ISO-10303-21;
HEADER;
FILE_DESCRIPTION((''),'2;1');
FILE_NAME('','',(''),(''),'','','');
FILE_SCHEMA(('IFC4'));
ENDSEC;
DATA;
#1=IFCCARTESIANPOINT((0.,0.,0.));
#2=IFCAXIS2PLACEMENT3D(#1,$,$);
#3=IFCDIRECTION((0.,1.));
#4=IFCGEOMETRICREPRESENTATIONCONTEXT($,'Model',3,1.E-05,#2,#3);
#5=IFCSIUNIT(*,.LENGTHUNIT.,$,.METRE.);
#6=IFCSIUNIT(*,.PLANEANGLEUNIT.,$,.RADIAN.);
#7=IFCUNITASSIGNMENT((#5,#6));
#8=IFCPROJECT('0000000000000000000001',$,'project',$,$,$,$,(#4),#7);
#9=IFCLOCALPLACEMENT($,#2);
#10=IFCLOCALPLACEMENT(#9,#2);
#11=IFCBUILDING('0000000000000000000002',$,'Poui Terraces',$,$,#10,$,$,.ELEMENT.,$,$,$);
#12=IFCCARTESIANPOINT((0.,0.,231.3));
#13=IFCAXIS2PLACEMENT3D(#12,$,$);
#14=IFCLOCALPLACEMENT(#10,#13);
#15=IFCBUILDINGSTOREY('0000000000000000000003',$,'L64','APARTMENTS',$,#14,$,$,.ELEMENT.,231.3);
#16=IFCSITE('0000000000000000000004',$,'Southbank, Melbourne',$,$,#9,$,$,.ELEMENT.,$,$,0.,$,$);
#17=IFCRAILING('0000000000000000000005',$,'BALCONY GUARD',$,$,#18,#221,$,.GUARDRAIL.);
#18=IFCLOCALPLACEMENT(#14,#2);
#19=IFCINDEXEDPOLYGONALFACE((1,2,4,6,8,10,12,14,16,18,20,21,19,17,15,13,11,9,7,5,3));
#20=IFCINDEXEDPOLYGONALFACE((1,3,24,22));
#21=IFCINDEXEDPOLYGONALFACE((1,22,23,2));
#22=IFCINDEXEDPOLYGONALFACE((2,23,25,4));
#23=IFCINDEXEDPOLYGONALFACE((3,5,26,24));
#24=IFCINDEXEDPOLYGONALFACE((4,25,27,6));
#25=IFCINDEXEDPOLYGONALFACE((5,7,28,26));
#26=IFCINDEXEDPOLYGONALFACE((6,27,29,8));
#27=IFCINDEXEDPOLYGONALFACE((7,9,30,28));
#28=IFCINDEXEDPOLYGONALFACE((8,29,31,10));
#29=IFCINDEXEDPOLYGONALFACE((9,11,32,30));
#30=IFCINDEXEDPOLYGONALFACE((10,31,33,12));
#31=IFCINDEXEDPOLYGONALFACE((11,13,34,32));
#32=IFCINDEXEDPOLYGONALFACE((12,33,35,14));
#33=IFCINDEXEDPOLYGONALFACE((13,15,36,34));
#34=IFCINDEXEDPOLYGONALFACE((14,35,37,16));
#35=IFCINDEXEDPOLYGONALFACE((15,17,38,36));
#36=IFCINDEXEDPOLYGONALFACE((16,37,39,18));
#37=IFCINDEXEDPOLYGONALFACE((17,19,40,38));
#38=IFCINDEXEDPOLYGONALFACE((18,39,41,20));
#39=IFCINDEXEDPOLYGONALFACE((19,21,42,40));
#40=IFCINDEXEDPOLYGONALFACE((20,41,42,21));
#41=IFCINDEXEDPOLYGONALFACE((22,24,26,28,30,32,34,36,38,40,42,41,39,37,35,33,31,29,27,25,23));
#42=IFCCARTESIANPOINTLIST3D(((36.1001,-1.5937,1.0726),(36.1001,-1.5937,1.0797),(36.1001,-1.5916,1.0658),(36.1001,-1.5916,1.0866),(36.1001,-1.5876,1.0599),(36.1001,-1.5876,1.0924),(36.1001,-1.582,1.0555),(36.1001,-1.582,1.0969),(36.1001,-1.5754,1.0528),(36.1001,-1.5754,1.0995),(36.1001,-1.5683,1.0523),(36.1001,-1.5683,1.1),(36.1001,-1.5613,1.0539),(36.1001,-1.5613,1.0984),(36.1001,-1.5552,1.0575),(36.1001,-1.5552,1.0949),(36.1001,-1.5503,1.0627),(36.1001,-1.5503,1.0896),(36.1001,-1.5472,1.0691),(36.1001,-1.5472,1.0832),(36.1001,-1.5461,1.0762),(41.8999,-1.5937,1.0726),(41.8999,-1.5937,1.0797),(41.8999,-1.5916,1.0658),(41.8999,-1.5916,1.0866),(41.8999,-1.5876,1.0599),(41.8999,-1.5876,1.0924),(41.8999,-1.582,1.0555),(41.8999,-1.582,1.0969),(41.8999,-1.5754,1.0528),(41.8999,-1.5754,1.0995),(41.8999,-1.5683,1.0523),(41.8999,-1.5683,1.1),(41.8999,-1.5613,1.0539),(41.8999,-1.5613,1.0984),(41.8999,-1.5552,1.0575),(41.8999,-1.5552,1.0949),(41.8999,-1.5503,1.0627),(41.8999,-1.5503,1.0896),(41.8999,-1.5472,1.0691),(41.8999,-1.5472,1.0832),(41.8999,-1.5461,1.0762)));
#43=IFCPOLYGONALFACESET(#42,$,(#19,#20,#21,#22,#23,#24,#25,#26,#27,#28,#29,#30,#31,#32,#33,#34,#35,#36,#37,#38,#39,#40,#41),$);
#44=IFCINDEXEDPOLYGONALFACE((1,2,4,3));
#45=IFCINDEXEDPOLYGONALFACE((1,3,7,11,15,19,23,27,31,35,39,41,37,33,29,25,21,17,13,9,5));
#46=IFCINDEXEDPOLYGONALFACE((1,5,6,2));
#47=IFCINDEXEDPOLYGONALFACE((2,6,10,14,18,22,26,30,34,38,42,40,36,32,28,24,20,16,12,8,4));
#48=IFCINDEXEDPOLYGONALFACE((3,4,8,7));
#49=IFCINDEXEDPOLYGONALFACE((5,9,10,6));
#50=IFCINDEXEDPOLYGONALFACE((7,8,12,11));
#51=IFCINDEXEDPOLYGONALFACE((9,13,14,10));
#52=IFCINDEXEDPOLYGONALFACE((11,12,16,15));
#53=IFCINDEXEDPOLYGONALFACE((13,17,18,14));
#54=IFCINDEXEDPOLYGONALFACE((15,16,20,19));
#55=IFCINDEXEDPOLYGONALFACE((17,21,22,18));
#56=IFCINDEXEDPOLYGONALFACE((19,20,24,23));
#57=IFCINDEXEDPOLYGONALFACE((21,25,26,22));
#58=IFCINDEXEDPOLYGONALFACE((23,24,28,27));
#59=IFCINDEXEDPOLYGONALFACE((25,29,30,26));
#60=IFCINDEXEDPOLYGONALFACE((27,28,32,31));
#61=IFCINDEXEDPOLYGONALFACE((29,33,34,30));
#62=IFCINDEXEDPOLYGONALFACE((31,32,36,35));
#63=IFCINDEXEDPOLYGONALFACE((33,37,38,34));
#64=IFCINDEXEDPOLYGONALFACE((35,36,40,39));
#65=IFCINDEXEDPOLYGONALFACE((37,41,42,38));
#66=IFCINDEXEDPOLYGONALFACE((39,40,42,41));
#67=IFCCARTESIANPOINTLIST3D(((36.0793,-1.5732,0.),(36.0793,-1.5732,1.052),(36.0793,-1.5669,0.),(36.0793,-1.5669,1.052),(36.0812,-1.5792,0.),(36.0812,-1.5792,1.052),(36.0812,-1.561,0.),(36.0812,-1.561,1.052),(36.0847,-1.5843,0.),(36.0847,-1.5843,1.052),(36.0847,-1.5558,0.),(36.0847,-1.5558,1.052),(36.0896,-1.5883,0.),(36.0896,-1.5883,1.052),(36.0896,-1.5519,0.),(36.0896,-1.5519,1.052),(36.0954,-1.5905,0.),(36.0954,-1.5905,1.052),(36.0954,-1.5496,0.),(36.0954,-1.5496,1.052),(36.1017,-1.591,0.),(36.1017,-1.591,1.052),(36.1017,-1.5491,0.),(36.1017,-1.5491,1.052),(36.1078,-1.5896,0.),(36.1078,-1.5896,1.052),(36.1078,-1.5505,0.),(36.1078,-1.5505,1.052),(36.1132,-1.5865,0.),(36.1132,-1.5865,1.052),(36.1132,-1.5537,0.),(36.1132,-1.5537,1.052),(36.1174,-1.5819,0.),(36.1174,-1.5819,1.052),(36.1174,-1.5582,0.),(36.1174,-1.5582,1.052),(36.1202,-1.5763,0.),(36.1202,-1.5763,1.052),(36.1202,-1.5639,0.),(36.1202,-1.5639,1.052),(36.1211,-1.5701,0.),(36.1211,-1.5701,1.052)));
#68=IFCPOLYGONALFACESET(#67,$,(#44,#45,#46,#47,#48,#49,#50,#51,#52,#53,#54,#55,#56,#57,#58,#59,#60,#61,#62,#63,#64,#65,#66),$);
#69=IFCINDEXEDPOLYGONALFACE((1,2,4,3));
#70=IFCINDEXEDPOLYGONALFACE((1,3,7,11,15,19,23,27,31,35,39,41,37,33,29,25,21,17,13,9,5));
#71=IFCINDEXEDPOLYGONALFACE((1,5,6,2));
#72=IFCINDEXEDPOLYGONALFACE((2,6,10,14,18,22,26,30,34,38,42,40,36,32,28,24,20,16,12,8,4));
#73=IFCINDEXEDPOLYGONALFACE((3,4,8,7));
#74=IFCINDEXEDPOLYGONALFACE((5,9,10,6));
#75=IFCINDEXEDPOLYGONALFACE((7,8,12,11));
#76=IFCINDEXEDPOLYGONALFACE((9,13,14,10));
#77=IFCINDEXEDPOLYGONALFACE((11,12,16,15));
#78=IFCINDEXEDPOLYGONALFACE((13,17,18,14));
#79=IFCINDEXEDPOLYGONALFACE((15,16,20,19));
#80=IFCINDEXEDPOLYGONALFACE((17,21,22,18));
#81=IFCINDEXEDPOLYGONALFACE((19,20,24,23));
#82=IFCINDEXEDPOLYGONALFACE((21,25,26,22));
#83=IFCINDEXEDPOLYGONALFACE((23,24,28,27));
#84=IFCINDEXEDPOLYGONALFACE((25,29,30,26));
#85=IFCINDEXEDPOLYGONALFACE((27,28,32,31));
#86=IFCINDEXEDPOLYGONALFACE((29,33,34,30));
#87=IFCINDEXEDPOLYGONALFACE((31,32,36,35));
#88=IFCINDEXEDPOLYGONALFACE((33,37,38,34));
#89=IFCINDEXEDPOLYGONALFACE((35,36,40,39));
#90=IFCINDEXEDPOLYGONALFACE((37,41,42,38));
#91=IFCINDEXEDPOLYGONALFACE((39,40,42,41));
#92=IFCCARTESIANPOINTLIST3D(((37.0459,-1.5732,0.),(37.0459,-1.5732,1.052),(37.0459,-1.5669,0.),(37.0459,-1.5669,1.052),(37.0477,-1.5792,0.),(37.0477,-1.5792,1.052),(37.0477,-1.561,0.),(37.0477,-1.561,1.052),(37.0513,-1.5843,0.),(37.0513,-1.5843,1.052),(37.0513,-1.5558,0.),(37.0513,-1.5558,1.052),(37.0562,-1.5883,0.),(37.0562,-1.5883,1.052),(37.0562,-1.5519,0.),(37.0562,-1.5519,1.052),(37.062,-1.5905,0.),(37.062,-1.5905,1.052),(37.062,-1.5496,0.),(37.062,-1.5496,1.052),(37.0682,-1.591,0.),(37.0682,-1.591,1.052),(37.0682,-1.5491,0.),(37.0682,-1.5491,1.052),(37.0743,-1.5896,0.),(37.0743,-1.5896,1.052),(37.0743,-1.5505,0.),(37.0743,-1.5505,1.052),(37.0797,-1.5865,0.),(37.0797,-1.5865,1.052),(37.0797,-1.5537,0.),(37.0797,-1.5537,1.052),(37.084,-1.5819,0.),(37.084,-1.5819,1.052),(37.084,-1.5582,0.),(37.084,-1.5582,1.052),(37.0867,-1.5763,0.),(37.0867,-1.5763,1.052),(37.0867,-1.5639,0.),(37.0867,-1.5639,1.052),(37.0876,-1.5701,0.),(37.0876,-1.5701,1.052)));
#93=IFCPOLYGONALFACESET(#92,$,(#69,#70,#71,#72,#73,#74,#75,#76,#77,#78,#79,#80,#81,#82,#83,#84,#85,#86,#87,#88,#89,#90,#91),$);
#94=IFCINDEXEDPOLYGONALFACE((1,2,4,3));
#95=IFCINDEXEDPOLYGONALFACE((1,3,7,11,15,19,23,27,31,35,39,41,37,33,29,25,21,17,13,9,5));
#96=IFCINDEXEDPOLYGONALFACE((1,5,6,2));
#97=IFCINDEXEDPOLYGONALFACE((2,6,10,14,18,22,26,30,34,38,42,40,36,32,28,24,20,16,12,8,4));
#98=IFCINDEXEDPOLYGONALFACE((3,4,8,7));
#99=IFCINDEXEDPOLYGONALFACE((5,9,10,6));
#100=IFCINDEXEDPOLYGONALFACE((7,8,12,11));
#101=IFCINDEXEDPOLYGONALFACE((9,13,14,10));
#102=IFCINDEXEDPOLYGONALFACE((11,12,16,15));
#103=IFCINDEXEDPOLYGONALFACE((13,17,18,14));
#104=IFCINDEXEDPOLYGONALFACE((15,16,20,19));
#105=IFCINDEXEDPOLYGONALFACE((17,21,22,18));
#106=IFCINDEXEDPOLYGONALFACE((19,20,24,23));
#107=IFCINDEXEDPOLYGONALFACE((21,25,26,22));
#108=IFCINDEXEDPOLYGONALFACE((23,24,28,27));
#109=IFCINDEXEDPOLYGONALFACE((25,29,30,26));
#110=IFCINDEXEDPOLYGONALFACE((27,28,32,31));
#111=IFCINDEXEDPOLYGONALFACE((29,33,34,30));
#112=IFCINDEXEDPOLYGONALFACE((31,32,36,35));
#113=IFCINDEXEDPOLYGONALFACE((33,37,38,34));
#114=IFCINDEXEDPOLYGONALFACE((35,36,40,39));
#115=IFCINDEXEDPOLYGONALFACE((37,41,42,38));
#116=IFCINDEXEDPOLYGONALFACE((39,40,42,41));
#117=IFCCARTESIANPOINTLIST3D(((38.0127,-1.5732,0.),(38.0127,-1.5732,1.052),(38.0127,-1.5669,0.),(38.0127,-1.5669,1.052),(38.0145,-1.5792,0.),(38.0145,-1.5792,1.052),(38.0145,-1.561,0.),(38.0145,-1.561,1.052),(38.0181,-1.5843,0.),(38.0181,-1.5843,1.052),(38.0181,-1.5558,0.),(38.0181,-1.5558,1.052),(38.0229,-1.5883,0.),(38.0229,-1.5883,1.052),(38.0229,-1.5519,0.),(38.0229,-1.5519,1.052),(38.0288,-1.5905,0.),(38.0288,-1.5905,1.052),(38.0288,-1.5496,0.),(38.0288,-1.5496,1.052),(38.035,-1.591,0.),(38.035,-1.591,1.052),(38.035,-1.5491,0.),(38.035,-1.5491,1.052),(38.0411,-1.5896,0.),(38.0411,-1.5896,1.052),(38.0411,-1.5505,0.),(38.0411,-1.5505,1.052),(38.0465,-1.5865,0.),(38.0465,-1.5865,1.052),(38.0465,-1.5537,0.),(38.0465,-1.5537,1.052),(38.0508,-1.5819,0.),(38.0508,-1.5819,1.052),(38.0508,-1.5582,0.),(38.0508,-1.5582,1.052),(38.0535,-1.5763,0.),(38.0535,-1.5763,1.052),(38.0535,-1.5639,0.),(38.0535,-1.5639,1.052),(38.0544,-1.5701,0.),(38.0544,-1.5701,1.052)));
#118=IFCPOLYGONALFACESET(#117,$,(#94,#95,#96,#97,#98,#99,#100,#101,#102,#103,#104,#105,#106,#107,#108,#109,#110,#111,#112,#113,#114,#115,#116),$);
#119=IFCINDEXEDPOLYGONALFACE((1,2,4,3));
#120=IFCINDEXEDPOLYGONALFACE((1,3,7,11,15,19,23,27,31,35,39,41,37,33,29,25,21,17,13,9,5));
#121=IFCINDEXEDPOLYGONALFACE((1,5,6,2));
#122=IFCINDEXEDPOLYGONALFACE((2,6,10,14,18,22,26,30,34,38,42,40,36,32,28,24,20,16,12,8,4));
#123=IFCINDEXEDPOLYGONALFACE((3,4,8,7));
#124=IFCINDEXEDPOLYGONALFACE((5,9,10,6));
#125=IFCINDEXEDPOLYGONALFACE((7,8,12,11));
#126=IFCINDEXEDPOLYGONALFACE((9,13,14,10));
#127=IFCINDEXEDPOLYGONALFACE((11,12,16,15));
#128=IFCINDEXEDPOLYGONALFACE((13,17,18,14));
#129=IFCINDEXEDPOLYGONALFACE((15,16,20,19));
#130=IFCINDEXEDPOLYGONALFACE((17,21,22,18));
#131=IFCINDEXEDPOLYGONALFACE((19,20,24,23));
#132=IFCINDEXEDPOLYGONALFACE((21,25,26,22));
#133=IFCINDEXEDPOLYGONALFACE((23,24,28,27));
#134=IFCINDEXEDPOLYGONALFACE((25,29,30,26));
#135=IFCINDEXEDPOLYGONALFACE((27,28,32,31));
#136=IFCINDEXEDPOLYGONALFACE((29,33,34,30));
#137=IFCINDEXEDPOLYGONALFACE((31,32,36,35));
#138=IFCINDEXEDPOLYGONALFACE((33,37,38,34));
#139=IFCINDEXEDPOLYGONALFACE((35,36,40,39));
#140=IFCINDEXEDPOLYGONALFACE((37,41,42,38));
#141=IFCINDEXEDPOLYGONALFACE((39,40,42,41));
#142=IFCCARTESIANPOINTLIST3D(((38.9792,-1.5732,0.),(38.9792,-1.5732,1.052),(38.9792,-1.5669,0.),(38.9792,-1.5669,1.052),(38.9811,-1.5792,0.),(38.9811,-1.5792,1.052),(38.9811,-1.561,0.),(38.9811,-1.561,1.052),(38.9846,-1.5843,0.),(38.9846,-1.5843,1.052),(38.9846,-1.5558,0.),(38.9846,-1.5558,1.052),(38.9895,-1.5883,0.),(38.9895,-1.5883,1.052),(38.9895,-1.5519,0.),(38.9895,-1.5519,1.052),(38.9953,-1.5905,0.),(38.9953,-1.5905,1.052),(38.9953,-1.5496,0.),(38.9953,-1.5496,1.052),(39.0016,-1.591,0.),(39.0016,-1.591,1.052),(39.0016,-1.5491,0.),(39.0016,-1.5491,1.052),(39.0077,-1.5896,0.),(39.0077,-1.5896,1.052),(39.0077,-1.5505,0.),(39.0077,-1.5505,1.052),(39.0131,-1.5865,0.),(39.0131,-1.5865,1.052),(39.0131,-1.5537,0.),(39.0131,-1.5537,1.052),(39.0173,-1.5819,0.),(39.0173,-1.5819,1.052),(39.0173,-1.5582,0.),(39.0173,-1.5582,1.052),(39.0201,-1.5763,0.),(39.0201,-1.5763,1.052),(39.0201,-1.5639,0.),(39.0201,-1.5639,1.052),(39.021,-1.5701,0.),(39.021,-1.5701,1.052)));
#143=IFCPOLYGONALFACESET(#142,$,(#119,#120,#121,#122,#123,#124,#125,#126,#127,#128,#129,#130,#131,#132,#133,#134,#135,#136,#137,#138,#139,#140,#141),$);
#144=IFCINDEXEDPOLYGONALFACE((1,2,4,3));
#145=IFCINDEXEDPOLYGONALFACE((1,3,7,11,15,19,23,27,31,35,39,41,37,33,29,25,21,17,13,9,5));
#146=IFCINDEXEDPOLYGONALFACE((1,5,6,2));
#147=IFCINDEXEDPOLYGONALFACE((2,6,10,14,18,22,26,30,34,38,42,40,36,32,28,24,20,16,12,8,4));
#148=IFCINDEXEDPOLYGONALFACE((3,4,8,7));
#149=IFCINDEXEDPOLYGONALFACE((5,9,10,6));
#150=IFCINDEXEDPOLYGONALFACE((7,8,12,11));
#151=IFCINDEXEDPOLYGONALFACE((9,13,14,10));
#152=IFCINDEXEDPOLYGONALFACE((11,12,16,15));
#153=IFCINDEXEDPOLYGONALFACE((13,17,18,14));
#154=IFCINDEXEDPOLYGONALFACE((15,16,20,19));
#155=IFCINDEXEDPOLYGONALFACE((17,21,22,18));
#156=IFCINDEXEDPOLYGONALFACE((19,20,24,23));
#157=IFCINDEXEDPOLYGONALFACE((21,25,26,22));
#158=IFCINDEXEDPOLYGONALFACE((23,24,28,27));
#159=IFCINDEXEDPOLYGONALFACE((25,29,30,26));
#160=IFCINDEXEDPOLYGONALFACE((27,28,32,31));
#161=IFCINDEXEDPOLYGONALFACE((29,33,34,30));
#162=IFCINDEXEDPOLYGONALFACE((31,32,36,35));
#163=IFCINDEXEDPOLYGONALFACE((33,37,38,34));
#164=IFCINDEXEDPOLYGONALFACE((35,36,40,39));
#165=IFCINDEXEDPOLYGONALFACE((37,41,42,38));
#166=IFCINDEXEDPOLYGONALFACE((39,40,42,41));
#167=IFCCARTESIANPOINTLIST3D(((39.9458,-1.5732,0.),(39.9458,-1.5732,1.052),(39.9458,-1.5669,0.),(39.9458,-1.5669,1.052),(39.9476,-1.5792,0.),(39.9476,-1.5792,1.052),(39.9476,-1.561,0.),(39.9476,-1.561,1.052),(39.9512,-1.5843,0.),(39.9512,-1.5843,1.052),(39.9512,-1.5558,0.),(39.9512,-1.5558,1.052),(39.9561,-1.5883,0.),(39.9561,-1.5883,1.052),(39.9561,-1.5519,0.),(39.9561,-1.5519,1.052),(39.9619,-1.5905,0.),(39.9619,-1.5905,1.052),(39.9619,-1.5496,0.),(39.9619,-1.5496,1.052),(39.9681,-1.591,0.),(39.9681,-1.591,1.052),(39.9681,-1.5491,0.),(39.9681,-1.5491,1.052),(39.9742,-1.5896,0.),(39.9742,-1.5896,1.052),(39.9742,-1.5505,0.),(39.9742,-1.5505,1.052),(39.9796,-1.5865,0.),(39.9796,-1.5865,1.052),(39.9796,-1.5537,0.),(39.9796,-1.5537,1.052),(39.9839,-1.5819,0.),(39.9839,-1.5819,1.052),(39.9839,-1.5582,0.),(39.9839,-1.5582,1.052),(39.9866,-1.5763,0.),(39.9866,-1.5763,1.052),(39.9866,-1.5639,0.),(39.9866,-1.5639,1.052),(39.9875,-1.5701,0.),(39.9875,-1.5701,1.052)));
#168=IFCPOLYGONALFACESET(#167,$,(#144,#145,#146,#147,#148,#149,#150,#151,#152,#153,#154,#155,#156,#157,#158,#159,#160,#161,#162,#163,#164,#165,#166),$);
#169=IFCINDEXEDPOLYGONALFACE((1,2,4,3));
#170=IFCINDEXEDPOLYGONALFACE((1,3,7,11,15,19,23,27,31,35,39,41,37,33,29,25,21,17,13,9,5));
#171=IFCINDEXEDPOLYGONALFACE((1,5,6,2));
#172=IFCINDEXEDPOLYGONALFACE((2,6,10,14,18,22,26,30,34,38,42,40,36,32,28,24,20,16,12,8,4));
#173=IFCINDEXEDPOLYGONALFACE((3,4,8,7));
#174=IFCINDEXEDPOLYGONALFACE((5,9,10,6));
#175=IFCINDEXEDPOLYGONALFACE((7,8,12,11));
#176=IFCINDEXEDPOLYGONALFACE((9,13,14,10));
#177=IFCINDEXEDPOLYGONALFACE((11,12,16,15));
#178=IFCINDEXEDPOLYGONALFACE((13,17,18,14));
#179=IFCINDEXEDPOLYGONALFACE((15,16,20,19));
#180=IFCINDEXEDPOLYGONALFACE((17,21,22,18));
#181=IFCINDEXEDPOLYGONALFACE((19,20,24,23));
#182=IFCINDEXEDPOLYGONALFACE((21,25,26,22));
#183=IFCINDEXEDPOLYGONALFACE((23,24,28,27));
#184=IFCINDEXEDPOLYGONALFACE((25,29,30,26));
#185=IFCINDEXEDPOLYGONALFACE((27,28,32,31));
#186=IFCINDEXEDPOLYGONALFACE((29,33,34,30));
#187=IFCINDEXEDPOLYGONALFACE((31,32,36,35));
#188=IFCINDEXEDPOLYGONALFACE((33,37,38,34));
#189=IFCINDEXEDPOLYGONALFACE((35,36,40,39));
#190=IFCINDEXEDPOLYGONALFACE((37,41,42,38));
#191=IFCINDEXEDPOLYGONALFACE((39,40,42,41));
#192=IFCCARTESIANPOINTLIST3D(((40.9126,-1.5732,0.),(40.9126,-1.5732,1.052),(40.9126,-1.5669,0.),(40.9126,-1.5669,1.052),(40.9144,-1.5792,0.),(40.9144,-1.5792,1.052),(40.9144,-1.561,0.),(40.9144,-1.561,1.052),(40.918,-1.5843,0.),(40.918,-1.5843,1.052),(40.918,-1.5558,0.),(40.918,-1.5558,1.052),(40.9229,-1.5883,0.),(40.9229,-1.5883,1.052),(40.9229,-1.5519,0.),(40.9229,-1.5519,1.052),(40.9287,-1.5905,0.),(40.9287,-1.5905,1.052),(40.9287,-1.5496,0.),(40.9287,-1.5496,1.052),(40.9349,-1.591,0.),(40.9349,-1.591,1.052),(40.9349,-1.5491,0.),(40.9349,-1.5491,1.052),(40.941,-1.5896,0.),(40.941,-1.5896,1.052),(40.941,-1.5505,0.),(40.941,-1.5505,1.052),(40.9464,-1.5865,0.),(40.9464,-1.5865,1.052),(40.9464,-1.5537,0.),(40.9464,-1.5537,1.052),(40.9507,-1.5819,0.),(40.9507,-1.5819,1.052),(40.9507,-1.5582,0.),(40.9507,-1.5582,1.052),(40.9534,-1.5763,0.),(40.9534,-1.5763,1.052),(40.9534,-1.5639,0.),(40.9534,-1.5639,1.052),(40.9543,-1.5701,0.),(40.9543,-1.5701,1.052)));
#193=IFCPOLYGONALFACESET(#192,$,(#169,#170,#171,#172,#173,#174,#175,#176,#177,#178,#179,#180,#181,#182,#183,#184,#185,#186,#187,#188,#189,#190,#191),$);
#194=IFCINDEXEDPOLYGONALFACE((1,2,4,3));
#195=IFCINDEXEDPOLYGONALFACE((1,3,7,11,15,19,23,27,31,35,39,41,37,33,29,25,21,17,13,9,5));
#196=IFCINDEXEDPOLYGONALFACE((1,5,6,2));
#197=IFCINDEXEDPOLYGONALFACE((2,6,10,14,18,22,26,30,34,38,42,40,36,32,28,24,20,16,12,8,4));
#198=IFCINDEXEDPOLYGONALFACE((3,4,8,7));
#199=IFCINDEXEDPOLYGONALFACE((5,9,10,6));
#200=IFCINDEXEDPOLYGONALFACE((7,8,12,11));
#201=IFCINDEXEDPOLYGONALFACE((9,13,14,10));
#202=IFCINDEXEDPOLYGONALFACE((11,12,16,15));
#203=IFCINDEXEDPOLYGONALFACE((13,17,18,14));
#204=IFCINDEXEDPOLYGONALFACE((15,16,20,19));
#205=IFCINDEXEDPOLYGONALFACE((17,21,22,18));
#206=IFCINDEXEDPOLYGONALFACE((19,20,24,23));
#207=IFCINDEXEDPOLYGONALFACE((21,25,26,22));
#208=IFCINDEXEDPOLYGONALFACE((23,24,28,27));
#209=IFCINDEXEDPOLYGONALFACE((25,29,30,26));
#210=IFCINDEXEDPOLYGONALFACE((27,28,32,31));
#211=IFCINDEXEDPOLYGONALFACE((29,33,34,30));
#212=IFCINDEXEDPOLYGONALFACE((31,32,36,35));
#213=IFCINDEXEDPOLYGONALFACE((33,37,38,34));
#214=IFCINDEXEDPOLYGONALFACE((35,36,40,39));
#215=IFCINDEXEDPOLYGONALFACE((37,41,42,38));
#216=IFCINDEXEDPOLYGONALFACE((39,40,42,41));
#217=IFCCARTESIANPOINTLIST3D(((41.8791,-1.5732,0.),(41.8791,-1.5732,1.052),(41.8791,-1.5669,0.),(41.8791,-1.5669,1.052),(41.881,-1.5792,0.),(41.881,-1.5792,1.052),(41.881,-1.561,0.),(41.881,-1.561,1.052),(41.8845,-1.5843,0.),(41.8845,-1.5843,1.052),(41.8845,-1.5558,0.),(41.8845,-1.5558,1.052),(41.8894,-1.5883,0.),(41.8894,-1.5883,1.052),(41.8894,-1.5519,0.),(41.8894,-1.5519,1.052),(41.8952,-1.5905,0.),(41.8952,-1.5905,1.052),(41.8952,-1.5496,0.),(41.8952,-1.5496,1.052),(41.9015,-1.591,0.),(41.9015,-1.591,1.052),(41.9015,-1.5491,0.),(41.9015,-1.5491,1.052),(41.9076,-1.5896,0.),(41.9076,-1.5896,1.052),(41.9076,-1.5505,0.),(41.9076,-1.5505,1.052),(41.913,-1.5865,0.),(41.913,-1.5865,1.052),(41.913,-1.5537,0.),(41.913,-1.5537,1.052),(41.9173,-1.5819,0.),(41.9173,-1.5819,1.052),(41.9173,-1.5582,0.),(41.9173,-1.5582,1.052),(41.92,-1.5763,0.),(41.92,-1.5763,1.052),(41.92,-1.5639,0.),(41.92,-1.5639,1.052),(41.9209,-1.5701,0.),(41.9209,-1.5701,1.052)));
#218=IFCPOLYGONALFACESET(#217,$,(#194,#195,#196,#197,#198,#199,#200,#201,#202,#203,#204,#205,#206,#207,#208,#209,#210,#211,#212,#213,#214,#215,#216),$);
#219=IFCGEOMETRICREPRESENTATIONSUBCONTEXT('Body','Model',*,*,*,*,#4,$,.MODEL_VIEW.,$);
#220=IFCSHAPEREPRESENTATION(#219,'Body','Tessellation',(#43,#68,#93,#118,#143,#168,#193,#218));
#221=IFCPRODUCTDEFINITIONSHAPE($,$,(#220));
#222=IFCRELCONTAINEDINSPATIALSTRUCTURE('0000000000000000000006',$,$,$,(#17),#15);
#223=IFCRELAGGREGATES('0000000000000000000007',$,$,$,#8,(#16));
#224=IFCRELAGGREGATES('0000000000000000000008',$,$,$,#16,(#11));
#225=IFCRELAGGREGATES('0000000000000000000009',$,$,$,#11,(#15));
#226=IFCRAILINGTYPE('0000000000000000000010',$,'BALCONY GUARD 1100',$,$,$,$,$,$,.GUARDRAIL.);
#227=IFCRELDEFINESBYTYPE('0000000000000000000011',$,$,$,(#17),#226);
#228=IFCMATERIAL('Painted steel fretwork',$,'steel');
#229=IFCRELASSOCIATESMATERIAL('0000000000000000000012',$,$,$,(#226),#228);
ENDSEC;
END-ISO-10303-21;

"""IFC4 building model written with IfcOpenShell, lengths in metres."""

from ifc_helpers import new_model, si_unit, direction, frame, origin, origin_2d, place, context, subcontext, project, spatial, circle, extrude, material, type_object, element, save


model = new_model("IFC4")

# Units and contexts
model_context = context("Model", 3, precision=1e-05, world=origin(), true_north=direction((0.0, 1.0)))
body_context = subcontext(model_context, "Body", "Model", "MODEL_VIEW")
ifc_project = project(units=[si_unit("LENGTHUNIT", "METRE"), si_unit("PLANEANGLEUNIT", "RADIAN")], contexts=[model_context])

# Site, building, storey
site_placement = place(None, origin())
site = spatial("IfcSite", under=ifc_project, at=site_placement, Name="Southbank, Melbourne", CompositionType="ELEMENT", RefElevation=0.0)
building_placement = place(site_placement, origin())
building = spatial("IfcBuilding", under=site, at=building_placement, Name="Poui Terraces", CompositionType="ELEMENT")
storey_placement = place(building_placement, frame((0.0, 0.0, 231.3)))
storey = spatial("IfcBuildingStorey", under=building, at=storey_placement, Name="L64", Description="APARTMENTS", CompositionType="ELEMENT", Elevation=231.3)

# Railing
ifc_material_1 = material(Name="Painted steel fretwork", Category="steel")
railing_type = type_object("IfcRailingType", Name="BALCONY GUARD 1100", PredefinedType="GUARDRAIL", material=ifc_material_1)
railing_placement = place(storey_placement, frame((36.1001, -1.5701, 0.0)))
element("IfcRailing", 1, at=railing_placement, inside=storey, type_object=railing_type, Name="BALCONY GUARD", PredefinedType="GUARDRAIL", context=body_context, shape_type="SweptSolid", body=[
    extrude(circle(Radius=0.0239, at=origin_2d()), frame((0.0, 0.0, 1.0762), z_axis=(1.0, 0.0, 0.0), x_axis=(0.0, 1.0, 0.0)), (0.0, 0.0, 1.0), 5.7998),
    extrude(circle(Radius=0.021, at=origin_2d()), origin(), (0.0, 0.0, 1.0), 1.052),
    extrude(circle(Radius=0.021, at=origin_2d()), frame((0.9666, 0.0, 0.0)), (0.0, 0.0, 1.0), 1.052),
    extrude(circle(Radius=0.021, at=origin_2d()), frame((1.9333, 0.0, 0.0)), (0.0, 0.0, 1.0), 1.052),
    extrude(circle(Radius=0.021, at=origin_2d()), frame((2.8999, 0.0, 0.0)), (0.0, 0.0, 1.0), 1.052),
    extrude(circle(Radius=0.021, at=origin_2d()), frame((3.8665, 0.0, 0.0)), (0.0, 0.0, 1.0), 1.052),
    extrude(circle(Radius=0.021, at=origin_2d()), frame((4.8333, 0.0, 0.0)), (0.0, 0.0, 1.0), 1.052),
    extrude(circle(Radius=0.021, at=origin_2d()), frame((5.7998, 0.0, 0.0)), (0.0, 0.0, 1.0), 1.052),
])

save(model, "model.ifc")
